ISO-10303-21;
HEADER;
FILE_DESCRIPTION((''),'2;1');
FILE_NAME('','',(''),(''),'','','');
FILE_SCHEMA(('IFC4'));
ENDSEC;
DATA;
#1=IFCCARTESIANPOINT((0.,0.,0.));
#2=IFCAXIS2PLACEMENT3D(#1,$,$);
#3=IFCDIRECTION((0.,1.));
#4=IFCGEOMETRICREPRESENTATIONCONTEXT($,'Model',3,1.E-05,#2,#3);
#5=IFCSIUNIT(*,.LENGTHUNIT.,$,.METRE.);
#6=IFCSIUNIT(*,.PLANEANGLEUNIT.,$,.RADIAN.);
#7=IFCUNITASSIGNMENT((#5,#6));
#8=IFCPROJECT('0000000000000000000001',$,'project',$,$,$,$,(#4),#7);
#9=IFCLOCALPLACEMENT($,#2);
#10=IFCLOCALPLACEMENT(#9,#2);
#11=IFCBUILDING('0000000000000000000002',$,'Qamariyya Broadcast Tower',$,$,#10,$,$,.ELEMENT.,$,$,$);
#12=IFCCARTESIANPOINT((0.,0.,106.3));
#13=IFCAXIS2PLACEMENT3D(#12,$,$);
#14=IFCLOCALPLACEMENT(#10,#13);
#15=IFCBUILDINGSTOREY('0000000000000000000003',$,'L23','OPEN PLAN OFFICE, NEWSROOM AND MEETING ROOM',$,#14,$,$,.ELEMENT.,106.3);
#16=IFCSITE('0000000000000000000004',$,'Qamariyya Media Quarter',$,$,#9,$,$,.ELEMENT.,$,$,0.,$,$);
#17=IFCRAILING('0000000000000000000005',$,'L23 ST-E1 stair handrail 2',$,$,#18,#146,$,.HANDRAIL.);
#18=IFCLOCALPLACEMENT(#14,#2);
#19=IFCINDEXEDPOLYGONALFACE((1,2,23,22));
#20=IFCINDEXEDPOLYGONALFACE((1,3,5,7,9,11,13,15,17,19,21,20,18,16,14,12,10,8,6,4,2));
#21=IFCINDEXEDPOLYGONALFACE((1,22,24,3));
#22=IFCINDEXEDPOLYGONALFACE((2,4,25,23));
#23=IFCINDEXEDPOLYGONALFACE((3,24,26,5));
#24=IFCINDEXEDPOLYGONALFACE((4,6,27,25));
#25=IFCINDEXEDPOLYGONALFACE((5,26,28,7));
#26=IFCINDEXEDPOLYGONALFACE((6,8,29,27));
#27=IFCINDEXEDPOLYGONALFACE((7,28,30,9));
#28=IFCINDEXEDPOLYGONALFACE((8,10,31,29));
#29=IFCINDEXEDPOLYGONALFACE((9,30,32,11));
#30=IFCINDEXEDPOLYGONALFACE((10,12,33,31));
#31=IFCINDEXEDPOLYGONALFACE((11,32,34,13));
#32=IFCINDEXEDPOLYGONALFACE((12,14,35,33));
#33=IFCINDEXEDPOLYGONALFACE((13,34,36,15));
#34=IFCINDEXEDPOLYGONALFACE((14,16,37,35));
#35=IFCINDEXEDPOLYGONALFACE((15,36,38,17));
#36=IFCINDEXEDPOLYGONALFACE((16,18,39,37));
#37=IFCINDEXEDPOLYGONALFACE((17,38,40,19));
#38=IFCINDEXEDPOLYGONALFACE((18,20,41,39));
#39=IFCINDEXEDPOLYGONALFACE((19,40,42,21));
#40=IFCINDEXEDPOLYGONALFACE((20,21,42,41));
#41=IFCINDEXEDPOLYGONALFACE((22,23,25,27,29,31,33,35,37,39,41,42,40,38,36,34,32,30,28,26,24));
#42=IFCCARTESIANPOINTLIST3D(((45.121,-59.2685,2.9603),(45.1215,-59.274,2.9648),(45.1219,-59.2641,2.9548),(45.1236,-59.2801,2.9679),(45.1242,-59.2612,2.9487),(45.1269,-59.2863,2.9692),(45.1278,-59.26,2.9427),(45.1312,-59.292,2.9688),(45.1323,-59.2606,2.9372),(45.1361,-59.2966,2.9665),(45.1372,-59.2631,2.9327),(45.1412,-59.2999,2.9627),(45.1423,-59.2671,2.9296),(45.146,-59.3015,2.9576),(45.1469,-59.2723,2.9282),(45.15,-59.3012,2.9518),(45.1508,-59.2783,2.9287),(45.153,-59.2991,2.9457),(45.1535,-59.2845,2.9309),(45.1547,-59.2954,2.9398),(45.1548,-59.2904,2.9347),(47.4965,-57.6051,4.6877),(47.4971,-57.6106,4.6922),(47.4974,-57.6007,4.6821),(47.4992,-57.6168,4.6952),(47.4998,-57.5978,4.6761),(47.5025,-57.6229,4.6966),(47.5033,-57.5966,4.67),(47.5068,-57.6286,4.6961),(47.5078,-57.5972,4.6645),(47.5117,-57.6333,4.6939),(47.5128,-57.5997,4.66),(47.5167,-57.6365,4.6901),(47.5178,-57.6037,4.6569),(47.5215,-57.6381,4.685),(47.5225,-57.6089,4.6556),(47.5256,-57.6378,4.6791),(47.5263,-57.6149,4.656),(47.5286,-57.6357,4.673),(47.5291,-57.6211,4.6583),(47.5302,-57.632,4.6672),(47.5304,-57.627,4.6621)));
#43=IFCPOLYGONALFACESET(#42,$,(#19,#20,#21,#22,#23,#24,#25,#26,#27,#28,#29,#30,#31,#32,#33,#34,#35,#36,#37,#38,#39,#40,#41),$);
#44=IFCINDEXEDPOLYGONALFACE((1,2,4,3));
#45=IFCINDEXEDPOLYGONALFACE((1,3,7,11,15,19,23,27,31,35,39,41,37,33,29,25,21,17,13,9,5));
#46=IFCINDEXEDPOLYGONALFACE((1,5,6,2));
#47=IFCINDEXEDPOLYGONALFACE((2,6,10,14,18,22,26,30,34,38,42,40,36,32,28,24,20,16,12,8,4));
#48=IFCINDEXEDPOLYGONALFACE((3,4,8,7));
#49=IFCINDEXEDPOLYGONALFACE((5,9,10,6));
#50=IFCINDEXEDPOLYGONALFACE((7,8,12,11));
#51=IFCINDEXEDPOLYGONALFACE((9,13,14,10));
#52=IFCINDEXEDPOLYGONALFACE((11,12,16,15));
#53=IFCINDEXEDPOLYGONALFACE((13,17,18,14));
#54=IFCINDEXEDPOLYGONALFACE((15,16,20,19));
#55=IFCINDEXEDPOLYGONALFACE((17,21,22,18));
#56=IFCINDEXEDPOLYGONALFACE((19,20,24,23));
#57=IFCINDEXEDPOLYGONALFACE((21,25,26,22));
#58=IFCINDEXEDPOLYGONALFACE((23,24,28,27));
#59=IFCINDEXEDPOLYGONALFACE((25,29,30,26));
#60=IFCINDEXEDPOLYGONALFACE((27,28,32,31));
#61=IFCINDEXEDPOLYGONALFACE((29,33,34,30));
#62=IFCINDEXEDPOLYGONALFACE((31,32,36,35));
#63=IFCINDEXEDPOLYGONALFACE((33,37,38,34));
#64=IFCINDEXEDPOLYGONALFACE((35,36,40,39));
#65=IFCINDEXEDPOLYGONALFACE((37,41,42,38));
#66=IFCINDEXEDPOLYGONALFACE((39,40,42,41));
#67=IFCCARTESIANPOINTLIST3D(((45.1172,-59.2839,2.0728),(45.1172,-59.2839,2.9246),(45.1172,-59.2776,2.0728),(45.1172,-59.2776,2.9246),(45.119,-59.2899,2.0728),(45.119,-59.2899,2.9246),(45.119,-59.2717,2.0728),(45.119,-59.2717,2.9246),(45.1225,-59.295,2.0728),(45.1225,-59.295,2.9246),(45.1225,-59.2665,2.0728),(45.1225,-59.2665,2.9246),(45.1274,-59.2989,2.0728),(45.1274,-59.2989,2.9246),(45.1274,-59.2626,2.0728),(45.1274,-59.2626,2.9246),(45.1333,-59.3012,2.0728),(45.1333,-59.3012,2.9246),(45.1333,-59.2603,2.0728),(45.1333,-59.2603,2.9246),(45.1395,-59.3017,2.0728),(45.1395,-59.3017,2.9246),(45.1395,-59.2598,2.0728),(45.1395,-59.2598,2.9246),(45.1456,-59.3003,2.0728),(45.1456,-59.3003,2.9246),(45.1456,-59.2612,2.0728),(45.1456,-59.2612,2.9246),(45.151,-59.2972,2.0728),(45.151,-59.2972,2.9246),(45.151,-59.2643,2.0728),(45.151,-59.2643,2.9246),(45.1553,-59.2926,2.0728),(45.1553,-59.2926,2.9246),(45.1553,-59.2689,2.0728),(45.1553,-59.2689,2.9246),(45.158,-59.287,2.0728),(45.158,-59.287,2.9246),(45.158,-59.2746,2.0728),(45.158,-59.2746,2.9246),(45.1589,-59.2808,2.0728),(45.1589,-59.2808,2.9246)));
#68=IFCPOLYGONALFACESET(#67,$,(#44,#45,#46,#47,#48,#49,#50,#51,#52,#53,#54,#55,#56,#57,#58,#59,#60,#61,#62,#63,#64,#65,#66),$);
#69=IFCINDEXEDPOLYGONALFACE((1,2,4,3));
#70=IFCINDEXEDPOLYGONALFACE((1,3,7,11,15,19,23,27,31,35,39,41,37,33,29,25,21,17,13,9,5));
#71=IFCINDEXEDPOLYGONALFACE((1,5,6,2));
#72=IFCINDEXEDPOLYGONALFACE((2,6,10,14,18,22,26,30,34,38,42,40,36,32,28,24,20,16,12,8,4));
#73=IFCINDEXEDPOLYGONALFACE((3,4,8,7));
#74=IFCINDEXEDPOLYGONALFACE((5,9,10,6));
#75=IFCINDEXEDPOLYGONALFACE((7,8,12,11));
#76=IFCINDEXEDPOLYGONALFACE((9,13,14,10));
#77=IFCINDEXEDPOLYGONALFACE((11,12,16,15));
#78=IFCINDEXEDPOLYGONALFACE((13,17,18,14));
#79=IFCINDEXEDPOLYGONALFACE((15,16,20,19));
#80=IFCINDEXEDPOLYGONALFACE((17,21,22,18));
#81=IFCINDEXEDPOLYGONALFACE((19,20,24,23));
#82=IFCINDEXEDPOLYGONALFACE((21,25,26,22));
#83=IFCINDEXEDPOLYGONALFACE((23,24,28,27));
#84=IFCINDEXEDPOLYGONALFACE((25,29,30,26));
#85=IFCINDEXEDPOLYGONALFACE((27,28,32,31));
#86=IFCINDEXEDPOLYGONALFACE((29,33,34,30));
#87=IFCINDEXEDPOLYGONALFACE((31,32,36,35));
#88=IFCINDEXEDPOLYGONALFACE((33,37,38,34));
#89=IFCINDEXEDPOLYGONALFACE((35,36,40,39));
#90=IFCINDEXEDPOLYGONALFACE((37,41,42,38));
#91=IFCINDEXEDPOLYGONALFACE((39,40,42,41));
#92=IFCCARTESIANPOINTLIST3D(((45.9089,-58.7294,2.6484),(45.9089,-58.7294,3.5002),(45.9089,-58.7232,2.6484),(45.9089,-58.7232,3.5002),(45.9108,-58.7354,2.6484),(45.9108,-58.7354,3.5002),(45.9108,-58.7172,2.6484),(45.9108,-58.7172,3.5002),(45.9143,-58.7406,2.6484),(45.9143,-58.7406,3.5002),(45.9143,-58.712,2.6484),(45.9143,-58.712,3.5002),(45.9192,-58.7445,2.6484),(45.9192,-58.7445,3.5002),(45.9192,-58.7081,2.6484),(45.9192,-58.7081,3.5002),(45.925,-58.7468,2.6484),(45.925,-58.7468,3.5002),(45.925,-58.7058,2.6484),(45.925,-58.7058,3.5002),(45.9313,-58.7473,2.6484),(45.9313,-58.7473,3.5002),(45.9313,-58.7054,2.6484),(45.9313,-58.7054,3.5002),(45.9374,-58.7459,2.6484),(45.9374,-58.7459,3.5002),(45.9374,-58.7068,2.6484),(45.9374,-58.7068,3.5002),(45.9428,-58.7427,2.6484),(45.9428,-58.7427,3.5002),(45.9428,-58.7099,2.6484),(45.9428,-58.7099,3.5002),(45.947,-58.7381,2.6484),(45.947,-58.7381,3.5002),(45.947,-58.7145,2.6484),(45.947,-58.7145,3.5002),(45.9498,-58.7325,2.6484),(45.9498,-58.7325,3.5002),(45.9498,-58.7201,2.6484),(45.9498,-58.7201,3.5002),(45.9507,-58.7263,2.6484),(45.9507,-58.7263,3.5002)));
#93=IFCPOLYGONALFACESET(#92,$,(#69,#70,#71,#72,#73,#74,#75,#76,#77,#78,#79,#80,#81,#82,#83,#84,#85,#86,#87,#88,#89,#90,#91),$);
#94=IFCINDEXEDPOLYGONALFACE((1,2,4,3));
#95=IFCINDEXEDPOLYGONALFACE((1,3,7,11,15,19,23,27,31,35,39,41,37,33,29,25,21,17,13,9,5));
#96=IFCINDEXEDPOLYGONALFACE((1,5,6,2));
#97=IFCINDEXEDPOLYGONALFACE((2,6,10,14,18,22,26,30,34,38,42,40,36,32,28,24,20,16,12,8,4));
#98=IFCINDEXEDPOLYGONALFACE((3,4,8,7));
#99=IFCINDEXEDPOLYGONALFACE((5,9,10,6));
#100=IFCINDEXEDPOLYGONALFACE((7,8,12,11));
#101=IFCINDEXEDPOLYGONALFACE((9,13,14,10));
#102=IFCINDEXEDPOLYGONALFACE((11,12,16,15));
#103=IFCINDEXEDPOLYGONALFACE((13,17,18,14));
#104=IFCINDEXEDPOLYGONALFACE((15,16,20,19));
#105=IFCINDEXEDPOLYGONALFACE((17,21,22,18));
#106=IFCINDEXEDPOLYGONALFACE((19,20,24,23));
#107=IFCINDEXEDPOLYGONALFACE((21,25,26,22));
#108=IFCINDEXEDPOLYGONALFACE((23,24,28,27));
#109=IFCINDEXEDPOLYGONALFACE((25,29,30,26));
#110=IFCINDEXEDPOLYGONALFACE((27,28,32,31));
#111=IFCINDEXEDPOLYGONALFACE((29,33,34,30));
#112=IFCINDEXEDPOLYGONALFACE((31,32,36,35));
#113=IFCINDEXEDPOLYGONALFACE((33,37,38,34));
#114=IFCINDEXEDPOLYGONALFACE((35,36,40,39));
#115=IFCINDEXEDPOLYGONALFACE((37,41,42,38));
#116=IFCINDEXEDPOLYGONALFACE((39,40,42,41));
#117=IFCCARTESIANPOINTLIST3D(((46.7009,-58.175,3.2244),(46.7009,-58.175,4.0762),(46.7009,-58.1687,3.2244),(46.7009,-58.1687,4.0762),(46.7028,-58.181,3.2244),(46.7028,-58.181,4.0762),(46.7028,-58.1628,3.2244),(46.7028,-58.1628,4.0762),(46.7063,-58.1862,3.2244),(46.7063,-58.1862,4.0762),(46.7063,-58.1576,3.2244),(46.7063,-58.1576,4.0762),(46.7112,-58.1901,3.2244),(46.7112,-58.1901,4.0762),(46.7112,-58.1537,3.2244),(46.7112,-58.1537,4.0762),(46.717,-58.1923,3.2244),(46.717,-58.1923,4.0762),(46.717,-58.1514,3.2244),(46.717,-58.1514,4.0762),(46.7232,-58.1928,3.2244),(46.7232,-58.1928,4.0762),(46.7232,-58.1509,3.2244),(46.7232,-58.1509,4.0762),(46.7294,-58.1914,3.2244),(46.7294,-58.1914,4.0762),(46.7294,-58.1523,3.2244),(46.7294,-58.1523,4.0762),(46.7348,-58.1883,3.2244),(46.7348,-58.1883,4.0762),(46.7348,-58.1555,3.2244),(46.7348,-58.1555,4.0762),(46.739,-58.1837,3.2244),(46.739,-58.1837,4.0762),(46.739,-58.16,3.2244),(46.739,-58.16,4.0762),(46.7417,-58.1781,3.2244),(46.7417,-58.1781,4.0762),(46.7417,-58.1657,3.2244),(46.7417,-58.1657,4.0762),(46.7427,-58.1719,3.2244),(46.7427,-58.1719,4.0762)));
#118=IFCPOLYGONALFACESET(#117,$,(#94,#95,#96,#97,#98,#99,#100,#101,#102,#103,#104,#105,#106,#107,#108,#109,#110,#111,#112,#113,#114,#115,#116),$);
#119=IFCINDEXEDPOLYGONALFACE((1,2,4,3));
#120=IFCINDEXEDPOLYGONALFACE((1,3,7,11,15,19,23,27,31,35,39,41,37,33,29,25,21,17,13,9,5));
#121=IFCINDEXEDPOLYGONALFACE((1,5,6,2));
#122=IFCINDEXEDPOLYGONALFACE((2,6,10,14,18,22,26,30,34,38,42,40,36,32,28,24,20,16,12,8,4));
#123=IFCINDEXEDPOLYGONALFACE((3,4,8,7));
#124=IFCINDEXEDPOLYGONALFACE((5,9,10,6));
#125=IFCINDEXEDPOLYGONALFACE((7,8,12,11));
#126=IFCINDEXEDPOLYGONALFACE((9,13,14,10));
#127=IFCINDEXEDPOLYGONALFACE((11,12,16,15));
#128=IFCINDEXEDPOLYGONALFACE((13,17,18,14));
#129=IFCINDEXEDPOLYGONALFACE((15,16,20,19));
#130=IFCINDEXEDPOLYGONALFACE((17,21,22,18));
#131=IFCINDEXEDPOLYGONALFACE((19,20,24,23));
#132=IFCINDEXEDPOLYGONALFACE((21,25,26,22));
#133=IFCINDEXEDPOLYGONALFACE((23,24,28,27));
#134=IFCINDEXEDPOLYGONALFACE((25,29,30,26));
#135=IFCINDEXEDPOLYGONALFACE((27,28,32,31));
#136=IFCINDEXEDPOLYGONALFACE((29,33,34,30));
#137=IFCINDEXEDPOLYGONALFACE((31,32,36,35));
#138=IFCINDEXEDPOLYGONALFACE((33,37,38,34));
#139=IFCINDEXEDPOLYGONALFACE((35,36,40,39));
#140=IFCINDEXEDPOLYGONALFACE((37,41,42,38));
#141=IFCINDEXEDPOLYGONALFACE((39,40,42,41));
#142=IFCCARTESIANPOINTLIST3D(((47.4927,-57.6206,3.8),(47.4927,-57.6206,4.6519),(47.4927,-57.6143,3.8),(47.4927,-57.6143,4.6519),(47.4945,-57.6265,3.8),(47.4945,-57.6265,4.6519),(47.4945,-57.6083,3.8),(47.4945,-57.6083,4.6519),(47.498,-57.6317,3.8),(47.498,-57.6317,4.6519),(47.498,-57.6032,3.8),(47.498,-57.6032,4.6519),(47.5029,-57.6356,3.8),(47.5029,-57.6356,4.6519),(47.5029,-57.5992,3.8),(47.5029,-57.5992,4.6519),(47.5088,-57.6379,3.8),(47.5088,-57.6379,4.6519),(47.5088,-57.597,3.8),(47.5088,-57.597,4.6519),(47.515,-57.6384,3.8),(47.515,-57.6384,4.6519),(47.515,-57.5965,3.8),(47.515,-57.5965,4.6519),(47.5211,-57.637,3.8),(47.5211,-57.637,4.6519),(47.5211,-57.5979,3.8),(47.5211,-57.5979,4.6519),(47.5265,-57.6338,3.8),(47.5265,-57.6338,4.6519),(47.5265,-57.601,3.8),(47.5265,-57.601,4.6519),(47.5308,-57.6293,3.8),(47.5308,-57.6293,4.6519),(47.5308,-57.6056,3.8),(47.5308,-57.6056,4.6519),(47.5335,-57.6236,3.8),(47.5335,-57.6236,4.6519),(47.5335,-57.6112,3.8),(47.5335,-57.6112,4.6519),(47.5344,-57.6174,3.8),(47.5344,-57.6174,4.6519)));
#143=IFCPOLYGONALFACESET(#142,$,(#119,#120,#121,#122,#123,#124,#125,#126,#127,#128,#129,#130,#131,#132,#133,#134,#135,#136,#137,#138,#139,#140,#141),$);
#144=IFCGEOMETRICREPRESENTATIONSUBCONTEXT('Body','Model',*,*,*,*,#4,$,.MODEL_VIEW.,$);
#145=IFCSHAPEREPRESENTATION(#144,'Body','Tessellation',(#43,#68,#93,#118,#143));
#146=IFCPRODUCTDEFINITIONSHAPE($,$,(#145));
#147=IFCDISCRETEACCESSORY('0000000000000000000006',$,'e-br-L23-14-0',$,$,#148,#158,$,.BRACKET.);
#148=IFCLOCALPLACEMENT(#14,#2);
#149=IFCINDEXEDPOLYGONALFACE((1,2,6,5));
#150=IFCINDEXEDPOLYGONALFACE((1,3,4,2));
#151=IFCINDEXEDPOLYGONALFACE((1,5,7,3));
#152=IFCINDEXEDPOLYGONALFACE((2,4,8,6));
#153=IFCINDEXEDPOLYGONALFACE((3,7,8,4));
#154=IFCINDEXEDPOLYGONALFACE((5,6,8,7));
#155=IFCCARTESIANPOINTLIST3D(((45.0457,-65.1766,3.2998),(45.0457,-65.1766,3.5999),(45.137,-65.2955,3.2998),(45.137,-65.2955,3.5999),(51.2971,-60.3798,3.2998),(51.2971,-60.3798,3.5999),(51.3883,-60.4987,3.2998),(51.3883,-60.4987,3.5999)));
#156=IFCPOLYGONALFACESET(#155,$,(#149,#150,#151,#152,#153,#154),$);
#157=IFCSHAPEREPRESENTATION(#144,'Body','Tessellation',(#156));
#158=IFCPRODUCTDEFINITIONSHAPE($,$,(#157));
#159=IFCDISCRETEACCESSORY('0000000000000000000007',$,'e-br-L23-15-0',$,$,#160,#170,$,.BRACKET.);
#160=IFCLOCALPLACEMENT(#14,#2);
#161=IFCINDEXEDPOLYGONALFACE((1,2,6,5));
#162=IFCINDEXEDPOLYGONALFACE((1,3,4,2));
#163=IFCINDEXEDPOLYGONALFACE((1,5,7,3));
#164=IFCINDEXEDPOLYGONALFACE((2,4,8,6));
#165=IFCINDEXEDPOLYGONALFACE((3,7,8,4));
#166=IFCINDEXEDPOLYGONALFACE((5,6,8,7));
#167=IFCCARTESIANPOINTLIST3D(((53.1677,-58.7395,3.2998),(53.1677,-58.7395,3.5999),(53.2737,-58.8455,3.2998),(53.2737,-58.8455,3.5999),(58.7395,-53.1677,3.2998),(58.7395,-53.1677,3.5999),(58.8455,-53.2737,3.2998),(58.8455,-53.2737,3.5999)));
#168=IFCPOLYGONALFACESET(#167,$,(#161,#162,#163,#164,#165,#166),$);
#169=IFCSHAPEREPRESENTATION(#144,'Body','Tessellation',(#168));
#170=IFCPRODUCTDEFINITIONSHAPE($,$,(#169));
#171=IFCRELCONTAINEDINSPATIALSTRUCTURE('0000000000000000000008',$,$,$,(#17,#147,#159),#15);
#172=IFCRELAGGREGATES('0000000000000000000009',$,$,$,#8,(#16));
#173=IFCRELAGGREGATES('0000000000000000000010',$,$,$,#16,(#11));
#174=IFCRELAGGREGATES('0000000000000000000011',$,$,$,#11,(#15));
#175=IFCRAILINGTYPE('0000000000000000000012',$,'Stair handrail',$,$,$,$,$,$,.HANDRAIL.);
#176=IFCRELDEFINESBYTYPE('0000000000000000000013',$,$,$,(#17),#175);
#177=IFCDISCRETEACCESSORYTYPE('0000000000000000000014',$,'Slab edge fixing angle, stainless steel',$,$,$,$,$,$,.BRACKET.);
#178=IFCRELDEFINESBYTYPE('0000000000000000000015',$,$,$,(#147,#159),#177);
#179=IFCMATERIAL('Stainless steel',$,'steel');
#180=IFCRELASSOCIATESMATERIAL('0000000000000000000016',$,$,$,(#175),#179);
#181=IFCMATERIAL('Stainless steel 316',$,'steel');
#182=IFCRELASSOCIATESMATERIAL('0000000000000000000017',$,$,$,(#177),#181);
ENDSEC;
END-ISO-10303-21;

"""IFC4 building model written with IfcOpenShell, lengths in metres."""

from ifc_helpers import new_model, si_unit, direction, frame, origin, origin_2d, place, context, subcontext, project, spatial, rectangle, circle, extrude, material, type_object, element, save


model = new_model("IFC4")

# Units and contexts
model_context = context("Model", 3, precision=1e-05, world=origin(), true_north=direction((0.0, 1.0)))
body_context = subcontext(model_context, "Body", "Model", "MODEL_VIEW")
ifc_project = project(units=[si_unit("LENGTHUNIT", "METRE"), si_unit("PLANEANGLEUNIT", "RADIAN")], contexts=[model_context])

# Site, building, storey
site_placement = place(None, origin())
site = spatial("IfcSite", under=ifc_project, at=site_placement, Name="Qamariyya Media Quarter", CompositionType="ELEMENT", RefElevation=0.0)
building_placement = place(site_placement, origin())
building = spatial("IfcBuilding", under=site, at=building_placement, Name="Qamariyya Broadcast Tower", CompositionType="ELEMENT")
storey_placement = place(building_placement, frame((0.0, 0.0, 106.3)))
storey = spatial("IfcBuildingStorey", under=building, at=storey_placement, Name="L23", Description="OPEN PLAN OFFICE, NEWSROOM AND MEETING ROOM", CompositionType="ELEMENT", Elevation=106.3)

# Railing
ifc_material_1 = material(Name="Stainless steel", Category="steel")
railing_type_1 = type_object("IfcRailingType", Name="Stair handrail", PredefinedType="HANDRAIL", material=ifc_material_1)
railing_1_placement = place(storey_placement, frame((45.1379, -59.2808, 2.0728)))
element("IfcRailing", 1, at=railing_1_placement, inside=storey, type_object=railing_type_1, Name="L23 ST-E1 stair handrail 2", PredefinedType="HANDRAIL", context=body_context, shape_type="SweptSolid", body=[
    extrude(circle(Radius=0.0239, at=origin_2d()), frame((0.0, 0.0, 0.876), z_axis=(0.70377, 0.492784, 0.511734), x_axis=(-0.573575, 0.819153, 0.0)), (0.0, 0.0, 1.0), 3.3755),
    extrude(circle(Radius=0.021, at=origin_2d()), origin(), (0.0, 0.0, 1.0), 0.8518),
    extrude(circle(Radius=0.021, at=origin_2d()), frame((0.7917, 0.5544, 0.5757)), (0.0, 0.0, 1.0), 0.8518),
    extrude(circle(Radius=0.021, at=origin_2d()), frame((1.5837, 1.1089, 1.1516)), (0.0, 0.0, 1.0), 0.8518),
    extrude(circle(Radius=0.021, at=origin_2d()), frame((2.3755, 1.6633, 1.7273)), (0.0, 0.0, 1.0), 0.8518),
])

# Discrete accessories
ifc_material_2 = material(Name="Stainless steel 316", Category="steel")
discrete_accessory_type = type_object("IfcDiscreteAccessoryType", Name="Slab edge fixing angle, stainless steel", PredefinedType="BRACKET", material=ifc_material_2)
for number, where, z_axis, x_axis, name in (
    (2, (48.217, -62.8376, 3.2998), (0.0, 0.0, 1.0), (0.793353, 0.608761, 0.0), "e-br-L23-14-0"),
    (3, (56.0066, -56.0066, 3.2998), (0.0, 0.0, 1.0), (0.707107, 0.707107, 0.0), "e-br-L23-15-0"),
):
    element("IfcDiscreteAccessory", number, at=place(storey_placement, frame(where, z_axis=z_axis, x_axis=x_axis)), inside=storey, type_object=discrete_accessory_type, Name=name, PredefinedType="BRACKET", context=body_context, shape_type="SweptSolid", body=[
        extrude(rectangle(XDim=7.8796, YDim=0.1499, at=origin_2d()), origin(), (0.0, 0.0, 1.0), 0.3),
    ])

save(model, "model.ifc")
